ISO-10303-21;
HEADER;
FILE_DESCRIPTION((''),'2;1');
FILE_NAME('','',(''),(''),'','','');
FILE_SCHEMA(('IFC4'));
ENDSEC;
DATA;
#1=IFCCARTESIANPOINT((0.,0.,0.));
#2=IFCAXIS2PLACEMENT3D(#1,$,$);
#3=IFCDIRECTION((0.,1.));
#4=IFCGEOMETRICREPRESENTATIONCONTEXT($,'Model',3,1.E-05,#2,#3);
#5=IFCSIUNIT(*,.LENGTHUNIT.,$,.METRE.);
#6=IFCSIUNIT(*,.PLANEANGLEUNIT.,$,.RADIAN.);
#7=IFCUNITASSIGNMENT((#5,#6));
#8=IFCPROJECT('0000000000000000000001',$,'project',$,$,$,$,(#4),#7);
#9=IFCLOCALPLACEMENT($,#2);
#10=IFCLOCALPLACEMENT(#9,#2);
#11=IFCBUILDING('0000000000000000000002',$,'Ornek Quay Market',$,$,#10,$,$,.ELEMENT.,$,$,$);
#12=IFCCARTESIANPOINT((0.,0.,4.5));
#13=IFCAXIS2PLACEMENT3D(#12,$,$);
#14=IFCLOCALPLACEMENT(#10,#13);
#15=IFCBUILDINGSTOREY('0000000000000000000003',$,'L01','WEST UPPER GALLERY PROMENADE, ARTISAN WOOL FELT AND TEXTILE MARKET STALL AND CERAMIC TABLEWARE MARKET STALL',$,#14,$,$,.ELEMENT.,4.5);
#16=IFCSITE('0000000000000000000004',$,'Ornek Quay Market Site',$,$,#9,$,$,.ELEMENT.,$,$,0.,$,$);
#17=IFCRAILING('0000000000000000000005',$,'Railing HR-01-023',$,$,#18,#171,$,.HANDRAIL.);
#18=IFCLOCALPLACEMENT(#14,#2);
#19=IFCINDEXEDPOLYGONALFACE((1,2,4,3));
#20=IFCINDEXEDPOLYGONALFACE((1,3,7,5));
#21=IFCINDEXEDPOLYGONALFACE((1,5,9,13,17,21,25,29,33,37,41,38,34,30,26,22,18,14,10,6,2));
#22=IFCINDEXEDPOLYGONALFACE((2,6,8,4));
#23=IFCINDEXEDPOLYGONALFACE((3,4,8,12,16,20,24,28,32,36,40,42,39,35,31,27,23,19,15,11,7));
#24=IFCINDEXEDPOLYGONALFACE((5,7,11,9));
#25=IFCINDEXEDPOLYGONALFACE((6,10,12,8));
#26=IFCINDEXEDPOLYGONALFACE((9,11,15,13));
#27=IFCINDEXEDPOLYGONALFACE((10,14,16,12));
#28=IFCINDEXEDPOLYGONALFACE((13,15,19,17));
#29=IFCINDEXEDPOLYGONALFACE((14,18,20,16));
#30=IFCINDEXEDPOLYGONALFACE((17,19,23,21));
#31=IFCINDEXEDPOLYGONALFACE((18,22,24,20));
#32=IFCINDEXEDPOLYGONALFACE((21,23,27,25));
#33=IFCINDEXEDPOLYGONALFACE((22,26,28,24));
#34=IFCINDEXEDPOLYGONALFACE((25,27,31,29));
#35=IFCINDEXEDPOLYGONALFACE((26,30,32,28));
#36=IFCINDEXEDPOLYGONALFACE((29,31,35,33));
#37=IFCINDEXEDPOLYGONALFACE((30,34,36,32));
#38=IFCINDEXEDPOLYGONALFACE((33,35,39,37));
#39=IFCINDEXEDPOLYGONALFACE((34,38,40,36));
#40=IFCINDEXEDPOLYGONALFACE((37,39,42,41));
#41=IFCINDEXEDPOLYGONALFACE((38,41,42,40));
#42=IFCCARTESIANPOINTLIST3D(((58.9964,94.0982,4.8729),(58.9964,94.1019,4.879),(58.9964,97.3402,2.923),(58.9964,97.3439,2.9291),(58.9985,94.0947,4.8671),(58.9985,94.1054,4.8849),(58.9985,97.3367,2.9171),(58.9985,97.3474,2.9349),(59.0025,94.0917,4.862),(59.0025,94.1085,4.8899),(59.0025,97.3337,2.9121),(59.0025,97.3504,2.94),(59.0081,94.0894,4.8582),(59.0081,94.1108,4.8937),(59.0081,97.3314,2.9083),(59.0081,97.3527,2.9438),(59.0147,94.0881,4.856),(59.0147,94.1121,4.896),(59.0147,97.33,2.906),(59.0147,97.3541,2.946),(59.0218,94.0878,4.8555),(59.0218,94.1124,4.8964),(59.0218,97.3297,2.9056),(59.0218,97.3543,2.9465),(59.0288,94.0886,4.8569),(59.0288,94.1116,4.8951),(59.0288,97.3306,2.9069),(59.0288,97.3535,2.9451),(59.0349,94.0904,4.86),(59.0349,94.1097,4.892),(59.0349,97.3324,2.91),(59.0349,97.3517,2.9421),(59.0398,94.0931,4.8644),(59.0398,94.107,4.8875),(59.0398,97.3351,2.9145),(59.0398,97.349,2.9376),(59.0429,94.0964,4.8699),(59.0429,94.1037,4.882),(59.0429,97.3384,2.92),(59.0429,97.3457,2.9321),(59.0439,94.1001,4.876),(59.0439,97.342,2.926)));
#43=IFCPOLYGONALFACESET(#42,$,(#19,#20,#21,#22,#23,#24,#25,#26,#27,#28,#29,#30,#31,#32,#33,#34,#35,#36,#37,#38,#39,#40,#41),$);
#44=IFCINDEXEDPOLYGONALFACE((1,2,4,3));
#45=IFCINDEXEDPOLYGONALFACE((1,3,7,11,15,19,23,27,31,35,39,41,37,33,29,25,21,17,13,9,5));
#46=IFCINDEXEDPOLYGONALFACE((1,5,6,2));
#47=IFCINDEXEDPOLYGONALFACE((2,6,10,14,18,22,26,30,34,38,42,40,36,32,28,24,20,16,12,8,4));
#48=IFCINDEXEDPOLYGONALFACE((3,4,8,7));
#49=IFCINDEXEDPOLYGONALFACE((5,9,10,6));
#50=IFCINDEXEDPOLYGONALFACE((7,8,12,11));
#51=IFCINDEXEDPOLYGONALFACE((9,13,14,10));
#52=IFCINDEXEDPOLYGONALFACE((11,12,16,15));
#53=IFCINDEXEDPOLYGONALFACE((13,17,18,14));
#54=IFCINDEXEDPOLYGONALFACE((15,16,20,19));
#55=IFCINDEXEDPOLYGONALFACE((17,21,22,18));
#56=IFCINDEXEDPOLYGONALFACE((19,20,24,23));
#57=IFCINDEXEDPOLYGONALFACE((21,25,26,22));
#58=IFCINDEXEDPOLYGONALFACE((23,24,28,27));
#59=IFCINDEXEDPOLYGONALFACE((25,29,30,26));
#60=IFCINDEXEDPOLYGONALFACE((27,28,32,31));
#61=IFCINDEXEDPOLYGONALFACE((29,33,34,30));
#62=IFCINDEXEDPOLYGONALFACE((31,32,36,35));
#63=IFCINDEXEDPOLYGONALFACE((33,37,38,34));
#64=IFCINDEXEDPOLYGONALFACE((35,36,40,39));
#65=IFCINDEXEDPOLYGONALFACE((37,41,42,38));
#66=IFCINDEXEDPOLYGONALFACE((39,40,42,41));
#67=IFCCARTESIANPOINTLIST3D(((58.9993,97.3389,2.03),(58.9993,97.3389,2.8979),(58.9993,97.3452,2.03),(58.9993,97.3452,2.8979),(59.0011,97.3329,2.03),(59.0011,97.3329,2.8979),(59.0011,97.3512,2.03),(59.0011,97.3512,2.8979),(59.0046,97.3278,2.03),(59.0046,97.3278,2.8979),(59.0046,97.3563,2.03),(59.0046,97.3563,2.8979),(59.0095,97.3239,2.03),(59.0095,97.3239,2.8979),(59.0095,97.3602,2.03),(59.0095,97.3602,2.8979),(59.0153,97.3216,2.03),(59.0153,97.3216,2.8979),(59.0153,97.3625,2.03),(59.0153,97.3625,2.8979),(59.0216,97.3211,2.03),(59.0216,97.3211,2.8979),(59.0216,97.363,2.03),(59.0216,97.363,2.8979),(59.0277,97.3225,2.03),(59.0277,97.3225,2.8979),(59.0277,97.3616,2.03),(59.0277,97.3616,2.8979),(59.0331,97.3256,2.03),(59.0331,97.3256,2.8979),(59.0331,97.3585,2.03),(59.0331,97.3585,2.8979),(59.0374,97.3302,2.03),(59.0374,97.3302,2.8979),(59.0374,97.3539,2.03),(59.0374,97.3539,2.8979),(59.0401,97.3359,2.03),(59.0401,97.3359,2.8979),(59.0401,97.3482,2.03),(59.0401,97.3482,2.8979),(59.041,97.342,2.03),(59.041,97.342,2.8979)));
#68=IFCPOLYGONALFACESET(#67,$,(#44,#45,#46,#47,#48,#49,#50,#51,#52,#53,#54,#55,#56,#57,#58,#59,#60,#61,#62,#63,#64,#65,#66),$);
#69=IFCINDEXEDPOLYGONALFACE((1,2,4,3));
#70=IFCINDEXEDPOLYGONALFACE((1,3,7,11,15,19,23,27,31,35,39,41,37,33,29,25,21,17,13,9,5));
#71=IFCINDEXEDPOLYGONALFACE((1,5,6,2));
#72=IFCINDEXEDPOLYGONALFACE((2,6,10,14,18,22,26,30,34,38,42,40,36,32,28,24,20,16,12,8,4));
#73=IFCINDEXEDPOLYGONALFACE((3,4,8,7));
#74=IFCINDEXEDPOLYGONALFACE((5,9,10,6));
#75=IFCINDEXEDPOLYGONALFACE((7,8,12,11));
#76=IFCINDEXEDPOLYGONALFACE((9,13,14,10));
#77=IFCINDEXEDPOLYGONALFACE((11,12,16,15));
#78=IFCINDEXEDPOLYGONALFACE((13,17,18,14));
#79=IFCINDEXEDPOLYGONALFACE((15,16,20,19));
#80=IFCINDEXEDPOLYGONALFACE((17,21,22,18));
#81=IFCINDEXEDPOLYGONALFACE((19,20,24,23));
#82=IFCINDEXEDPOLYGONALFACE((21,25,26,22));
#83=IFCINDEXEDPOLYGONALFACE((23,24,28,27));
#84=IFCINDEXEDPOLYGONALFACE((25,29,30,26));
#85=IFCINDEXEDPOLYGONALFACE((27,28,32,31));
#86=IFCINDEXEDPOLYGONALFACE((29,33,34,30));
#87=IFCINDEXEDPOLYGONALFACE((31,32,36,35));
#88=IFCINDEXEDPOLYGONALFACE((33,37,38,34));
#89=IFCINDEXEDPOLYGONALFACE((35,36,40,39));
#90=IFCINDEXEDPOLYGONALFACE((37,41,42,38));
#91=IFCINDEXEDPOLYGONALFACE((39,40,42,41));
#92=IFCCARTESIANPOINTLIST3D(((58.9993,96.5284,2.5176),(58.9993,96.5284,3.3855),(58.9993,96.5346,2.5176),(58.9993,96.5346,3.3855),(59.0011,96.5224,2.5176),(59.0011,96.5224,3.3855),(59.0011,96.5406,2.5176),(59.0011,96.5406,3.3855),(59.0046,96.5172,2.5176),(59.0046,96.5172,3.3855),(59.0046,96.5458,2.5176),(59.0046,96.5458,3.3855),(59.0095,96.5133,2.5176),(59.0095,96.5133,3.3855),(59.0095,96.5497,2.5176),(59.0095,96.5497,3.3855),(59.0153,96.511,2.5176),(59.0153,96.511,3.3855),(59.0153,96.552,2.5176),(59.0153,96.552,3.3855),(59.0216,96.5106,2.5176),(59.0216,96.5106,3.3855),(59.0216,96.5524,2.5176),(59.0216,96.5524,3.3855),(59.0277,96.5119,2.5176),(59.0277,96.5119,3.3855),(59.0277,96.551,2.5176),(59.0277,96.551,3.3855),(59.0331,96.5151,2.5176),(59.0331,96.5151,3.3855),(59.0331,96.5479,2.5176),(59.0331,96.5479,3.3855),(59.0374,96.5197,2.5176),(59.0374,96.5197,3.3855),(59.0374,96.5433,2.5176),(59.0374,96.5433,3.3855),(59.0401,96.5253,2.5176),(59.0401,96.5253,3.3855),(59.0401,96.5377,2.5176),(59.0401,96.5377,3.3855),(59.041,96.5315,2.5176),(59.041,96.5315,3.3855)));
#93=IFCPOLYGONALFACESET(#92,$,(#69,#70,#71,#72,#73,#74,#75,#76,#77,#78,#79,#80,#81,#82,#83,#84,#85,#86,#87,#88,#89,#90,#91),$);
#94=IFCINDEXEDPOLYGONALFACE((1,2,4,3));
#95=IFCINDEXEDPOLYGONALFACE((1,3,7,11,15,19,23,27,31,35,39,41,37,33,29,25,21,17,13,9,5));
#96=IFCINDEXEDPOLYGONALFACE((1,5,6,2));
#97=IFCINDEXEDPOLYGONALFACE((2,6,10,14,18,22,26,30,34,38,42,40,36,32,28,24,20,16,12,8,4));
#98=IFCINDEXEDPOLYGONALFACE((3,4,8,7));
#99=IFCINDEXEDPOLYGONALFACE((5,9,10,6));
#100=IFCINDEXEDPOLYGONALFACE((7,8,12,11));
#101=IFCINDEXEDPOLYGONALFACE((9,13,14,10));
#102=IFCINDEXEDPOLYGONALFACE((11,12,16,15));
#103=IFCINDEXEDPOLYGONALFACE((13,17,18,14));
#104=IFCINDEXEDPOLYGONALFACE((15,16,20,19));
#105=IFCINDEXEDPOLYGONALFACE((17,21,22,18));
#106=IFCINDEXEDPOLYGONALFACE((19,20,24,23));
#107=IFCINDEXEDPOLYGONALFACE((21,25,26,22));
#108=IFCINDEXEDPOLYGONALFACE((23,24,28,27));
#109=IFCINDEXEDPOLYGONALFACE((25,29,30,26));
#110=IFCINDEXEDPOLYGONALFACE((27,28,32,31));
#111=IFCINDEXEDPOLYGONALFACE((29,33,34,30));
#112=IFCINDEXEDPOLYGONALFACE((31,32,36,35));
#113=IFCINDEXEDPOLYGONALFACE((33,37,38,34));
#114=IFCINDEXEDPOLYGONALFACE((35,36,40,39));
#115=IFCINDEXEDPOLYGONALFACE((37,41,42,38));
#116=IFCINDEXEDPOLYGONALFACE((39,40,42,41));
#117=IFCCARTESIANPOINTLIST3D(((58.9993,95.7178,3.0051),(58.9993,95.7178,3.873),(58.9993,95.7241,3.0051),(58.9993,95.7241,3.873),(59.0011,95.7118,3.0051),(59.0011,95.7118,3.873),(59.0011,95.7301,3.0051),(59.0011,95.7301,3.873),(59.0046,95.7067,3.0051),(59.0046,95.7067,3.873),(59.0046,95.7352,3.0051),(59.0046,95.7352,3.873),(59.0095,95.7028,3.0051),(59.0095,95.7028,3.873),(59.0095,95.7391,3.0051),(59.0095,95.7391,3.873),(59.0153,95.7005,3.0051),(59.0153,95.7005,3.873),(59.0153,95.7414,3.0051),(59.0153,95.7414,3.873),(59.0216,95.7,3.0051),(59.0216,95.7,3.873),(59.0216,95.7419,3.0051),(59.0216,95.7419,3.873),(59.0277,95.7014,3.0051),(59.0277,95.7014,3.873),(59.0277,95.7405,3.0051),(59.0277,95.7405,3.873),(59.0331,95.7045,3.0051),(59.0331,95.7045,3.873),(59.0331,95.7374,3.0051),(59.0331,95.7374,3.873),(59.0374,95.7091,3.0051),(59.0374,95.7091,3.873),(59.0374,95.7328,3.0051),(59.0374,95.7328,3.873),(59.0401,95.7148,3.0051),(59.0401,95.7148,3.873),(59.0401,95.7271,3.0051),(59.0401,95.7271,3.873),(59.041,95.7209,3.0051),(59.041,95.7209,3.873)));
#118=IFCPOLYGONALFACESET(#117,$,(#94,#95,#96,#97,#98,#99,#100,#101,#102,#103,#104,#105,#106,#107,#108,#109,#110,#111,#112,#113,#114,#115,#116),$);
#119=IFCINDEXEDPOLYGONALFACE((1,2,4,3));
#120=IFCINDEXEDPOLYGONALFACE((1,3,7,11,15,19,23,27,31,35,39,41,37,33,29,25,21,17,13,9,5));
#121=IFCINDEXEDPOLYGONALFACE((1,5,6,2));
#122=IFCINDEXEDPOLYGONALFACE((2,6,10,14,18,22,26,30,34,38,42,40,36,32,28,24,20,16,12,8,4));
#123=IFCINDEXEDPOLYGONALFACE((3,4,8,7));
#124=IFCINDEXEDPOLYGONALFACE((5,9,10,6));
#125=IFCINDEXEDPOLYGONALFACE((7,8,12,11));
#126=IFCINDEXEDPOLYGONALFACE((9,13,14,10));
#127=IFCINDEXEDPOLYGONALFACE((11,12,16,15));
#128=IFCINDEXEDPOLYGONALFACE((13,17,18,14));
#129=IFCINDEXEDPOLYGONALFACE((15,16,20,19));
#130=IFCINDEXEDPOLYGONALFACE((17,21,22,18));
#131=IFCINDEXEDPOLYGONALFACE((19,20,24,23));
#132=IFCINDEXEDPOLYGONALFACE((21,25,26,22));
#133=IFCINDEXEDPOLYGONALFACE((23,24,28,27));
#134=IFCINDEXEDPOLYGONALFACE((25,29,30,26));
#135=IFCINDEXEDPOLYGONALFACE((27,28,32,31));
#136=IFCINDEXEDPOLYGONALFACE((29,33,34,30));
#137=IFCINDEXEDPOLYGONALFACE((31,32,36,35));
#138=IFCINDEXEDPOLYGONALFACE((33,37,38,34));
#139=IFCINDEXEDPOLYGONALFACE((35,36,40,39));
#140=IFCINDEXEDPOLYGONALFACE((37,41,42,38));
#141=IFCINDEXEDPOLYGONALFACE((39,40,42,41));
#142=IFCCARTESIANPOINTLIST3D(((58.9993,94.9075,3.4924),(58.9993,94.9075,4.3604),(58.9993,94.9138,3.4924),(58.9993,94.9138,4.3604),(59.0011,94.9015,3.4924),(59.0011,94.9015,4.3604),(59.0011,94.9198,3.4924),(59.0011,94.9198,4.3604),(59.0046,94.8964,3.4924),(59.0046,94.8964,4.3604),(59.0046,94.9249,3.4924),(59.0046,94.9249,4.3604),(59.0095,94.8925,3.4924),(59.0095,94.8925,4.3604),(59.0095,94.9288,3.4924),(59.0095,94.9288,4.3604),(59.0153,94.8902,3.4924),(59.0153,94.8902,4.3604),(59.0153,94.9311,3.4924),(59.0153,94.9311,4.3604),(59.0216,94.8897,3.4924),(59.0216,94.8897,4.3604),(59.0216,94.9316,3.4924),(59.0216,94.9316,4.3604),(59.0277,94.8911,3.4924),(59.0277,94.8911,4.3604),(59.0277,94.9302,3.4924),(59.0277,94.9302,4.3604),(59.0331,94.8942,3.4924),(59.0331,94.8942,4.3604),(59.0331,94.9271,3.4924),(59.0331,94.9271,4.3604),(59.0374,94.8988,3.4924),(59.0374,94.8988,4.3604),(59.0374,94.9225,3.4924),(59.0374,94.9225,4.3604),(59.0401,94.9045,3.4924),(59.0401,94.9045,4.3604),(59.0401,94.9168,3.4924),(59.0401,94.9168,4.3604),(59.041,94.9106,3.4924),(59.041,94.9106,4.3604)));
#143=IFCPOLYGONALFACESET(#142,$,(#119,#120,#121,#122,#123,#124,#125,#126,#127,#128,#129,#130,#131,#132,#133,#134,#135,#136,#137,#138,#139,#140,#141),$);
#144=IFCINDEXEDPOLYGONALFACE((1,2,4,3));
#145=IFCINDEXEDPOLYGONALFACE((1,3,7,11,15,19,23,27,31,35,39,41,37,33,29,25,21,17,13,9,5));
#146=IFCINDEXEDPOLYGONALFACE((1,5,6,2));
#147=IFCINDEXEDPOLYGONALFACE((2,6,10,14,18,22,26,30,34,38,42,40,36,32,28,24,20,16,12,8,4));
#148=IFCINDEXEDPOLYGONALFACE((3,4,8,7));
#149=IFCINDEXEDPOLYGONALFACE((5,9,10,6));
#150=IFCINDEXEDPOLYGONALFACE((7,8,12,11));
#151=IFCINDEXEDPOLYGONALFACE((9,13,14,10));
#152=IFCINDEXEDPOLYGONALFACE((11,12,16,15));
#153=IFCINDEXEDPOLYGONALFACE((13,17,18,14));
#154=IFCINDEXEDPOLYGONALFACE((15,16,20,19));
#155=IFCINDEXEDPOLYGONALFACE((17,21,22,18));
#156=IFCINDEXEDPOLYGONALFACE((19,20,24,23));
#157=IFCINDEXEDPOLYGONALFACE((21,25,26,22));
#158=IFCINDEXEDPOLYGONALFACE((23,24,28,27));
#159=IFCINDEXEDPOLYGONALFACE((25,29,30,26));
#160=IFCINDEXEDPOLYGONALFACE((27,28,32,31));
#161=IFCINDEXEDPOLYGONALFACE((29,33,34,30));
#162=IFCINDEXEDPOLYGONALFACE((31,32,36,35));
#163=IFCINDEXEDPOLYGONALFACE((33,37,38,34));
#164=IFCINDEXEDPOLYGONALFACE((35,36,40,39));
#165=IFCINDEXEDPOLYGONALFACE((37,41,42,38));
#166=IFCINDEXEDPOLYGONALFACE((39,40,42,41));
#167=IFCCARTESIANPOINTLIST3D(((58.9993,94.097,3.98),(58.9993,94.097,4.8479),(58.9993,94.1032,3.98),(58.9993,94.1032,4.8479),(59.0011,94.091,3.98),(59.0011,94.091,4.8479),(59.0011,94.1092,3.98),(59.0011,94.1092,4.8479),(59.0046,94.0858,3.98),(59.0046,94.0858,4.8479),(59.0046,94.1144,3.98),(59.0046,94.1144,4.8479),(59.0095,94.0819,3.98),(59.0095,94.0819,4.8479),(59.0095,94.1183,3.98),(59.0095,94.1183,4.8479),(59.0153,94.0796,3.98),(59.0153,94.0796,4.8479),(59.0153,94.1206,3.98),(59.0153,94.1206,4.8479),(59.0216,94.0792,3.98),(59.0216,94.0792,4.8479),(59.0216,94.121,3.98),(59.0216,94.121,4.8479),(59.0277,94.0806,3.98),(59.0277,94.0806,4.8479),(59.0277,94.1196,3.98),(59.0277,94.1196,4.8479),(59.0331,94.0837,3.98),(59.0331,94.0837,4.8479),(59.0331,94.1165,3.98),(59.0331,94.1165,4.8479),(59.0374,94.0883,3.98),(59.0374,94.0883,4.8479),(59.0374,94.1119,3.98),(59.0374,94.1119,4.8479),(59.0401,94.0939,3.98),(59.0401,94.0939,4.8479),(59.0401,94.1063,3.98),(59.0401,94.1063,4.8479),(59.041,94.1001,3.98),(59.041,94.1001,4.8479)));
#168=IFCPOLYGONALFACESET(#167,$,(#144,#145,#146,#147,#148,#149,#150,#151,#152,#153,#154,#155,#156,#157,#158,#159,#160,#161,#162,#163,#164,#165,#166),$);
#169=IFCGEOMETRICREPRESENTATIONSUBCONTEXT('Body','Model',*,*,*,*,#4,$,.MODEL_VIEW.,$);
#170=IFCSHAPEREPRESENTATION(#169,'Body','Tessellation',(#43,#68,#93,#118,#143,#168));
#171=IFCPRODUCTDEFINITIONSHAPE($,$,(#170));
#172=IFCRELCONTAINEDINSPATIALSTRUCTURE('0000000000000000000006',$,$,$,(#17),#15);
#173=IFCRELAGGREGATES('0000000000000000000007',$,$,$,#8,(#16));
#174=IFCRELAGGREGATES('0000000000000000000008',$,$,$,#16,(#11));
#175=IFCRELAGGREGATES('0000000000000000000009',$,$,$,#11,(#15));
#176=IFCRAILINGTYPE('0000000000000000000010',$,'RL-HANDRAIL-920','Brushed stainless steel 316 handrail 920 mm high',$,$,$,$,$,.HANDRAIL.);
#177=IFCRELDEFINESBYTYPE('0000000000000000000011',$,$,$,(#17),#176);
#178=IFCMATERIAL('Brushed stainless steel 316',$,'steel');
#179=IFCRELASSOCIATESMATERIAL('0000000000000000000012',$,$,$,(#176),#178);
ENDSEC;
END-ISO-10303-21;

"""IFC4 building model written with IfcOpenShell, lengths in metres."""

from ifc_helpers import new_model, si_unit, direction, frame, origin, origin_2d, place, context, subcontext, project, spatial, circle, extrude, material, type_object, element, save


model = new_model("IFC4")

# Units and contexts
model_context = context("Model", 3, precision=1e-05, world=origin(), true_north=direction((0.0, 1.0)))
body_context = subcontext(model_context, "Body", "Model", "MODEL_VIEW")
ifc_project = project(units=[si_unit("LENGTHUNIT", "METRE"), si_unit("PLANEANGLEUNIT", "RADIAN")], contexts=[model_context])

# Site, building, storey
site_placement = place(None, origin())
site = spatial("IfcSite", under=ifc_project, at=site_placement, Name="Ornek Quay Market Site", CompositionType="ELEMENT", RefElevation=0.0)
building_placement = place(site_placement, origin())
building = spatial("IfcBuilding", under=site, at=building_placement, Name="Ornek Quay Market", CompositionType="ELEMENT")
storey_placement = place(building_placement, frame((0.0, 0.0, 4.5)))
storey = spatial("IfcBuildingStorey", under=building, at=storey_placement, Name="L01", Description="WEST UPPER GALLERY PROMENADE, ARTISAN WOOL FELT AND TEXTILE MARKET STALL AND CERAMIC TABLEWARE MARKET STALL", CompositionType="ELEMENT", Elevation=4.5)

# Railing
ifc_material_1 = material(Name="Brushed stainless steel 316", Category="steel")
railing_type_1 = type_object("IfcRailingType", Name="RL-HANDRAIL-920", Description="Brushed stainless steel 316 handrail 920 mm high", PredefinedType="HANDRAIL", material=ifc_material_1)
railing_1_placement = place(storey_placement, frame((59.02, 97.342, 2.03)))
element("IfcRailing", 1, at=railing_1_placement, inside=storey, type_object=railing_type_1, Name="Railing HR-01-023", PredefinedType="HANDRAIL", context=body_context, shape_type="SweptSolid", body=[
    extrude(circle(Radius=0.0239, at=origin_2d()), frame((0.0, 0.0, 0.896), z_axis=(0.0, -0.856934, 0.515425), x_axis=(1.0, 0.0, 0.0)), (0.0, 0.0, 1.0), 3.7832),
    extrude(circle(Radius=0.021, at=origin_2d()), origin(), (0.0, 0.0, 1.0), 0.8679),
    extrude(circle(Radius=0.021, at=origin_2d()), frame((0.0, -0.8105, 0.4875)), (0.0, 0.0, 1.0), 0.8679),
    extrude(circle(Radius=0.021, at=origin_2d()), frame((0.0, -1.6211, 0.9751)), (0.0, 0.0, 1.0), 0.8679),
    extrude(circle(Radius=0.021, at=origin_2d()), frame((0.0, -2.4314, 1.4624)), (0.0, 0.0, 1.0), 0.8679),
    extrude(circle(Radius=0.021, at=origin_2d()), frame((0.0, -3.2419, 1.95)), (0.0, 0.0, 1.0), 0.8679),
])

save(model, "model.ifc")
